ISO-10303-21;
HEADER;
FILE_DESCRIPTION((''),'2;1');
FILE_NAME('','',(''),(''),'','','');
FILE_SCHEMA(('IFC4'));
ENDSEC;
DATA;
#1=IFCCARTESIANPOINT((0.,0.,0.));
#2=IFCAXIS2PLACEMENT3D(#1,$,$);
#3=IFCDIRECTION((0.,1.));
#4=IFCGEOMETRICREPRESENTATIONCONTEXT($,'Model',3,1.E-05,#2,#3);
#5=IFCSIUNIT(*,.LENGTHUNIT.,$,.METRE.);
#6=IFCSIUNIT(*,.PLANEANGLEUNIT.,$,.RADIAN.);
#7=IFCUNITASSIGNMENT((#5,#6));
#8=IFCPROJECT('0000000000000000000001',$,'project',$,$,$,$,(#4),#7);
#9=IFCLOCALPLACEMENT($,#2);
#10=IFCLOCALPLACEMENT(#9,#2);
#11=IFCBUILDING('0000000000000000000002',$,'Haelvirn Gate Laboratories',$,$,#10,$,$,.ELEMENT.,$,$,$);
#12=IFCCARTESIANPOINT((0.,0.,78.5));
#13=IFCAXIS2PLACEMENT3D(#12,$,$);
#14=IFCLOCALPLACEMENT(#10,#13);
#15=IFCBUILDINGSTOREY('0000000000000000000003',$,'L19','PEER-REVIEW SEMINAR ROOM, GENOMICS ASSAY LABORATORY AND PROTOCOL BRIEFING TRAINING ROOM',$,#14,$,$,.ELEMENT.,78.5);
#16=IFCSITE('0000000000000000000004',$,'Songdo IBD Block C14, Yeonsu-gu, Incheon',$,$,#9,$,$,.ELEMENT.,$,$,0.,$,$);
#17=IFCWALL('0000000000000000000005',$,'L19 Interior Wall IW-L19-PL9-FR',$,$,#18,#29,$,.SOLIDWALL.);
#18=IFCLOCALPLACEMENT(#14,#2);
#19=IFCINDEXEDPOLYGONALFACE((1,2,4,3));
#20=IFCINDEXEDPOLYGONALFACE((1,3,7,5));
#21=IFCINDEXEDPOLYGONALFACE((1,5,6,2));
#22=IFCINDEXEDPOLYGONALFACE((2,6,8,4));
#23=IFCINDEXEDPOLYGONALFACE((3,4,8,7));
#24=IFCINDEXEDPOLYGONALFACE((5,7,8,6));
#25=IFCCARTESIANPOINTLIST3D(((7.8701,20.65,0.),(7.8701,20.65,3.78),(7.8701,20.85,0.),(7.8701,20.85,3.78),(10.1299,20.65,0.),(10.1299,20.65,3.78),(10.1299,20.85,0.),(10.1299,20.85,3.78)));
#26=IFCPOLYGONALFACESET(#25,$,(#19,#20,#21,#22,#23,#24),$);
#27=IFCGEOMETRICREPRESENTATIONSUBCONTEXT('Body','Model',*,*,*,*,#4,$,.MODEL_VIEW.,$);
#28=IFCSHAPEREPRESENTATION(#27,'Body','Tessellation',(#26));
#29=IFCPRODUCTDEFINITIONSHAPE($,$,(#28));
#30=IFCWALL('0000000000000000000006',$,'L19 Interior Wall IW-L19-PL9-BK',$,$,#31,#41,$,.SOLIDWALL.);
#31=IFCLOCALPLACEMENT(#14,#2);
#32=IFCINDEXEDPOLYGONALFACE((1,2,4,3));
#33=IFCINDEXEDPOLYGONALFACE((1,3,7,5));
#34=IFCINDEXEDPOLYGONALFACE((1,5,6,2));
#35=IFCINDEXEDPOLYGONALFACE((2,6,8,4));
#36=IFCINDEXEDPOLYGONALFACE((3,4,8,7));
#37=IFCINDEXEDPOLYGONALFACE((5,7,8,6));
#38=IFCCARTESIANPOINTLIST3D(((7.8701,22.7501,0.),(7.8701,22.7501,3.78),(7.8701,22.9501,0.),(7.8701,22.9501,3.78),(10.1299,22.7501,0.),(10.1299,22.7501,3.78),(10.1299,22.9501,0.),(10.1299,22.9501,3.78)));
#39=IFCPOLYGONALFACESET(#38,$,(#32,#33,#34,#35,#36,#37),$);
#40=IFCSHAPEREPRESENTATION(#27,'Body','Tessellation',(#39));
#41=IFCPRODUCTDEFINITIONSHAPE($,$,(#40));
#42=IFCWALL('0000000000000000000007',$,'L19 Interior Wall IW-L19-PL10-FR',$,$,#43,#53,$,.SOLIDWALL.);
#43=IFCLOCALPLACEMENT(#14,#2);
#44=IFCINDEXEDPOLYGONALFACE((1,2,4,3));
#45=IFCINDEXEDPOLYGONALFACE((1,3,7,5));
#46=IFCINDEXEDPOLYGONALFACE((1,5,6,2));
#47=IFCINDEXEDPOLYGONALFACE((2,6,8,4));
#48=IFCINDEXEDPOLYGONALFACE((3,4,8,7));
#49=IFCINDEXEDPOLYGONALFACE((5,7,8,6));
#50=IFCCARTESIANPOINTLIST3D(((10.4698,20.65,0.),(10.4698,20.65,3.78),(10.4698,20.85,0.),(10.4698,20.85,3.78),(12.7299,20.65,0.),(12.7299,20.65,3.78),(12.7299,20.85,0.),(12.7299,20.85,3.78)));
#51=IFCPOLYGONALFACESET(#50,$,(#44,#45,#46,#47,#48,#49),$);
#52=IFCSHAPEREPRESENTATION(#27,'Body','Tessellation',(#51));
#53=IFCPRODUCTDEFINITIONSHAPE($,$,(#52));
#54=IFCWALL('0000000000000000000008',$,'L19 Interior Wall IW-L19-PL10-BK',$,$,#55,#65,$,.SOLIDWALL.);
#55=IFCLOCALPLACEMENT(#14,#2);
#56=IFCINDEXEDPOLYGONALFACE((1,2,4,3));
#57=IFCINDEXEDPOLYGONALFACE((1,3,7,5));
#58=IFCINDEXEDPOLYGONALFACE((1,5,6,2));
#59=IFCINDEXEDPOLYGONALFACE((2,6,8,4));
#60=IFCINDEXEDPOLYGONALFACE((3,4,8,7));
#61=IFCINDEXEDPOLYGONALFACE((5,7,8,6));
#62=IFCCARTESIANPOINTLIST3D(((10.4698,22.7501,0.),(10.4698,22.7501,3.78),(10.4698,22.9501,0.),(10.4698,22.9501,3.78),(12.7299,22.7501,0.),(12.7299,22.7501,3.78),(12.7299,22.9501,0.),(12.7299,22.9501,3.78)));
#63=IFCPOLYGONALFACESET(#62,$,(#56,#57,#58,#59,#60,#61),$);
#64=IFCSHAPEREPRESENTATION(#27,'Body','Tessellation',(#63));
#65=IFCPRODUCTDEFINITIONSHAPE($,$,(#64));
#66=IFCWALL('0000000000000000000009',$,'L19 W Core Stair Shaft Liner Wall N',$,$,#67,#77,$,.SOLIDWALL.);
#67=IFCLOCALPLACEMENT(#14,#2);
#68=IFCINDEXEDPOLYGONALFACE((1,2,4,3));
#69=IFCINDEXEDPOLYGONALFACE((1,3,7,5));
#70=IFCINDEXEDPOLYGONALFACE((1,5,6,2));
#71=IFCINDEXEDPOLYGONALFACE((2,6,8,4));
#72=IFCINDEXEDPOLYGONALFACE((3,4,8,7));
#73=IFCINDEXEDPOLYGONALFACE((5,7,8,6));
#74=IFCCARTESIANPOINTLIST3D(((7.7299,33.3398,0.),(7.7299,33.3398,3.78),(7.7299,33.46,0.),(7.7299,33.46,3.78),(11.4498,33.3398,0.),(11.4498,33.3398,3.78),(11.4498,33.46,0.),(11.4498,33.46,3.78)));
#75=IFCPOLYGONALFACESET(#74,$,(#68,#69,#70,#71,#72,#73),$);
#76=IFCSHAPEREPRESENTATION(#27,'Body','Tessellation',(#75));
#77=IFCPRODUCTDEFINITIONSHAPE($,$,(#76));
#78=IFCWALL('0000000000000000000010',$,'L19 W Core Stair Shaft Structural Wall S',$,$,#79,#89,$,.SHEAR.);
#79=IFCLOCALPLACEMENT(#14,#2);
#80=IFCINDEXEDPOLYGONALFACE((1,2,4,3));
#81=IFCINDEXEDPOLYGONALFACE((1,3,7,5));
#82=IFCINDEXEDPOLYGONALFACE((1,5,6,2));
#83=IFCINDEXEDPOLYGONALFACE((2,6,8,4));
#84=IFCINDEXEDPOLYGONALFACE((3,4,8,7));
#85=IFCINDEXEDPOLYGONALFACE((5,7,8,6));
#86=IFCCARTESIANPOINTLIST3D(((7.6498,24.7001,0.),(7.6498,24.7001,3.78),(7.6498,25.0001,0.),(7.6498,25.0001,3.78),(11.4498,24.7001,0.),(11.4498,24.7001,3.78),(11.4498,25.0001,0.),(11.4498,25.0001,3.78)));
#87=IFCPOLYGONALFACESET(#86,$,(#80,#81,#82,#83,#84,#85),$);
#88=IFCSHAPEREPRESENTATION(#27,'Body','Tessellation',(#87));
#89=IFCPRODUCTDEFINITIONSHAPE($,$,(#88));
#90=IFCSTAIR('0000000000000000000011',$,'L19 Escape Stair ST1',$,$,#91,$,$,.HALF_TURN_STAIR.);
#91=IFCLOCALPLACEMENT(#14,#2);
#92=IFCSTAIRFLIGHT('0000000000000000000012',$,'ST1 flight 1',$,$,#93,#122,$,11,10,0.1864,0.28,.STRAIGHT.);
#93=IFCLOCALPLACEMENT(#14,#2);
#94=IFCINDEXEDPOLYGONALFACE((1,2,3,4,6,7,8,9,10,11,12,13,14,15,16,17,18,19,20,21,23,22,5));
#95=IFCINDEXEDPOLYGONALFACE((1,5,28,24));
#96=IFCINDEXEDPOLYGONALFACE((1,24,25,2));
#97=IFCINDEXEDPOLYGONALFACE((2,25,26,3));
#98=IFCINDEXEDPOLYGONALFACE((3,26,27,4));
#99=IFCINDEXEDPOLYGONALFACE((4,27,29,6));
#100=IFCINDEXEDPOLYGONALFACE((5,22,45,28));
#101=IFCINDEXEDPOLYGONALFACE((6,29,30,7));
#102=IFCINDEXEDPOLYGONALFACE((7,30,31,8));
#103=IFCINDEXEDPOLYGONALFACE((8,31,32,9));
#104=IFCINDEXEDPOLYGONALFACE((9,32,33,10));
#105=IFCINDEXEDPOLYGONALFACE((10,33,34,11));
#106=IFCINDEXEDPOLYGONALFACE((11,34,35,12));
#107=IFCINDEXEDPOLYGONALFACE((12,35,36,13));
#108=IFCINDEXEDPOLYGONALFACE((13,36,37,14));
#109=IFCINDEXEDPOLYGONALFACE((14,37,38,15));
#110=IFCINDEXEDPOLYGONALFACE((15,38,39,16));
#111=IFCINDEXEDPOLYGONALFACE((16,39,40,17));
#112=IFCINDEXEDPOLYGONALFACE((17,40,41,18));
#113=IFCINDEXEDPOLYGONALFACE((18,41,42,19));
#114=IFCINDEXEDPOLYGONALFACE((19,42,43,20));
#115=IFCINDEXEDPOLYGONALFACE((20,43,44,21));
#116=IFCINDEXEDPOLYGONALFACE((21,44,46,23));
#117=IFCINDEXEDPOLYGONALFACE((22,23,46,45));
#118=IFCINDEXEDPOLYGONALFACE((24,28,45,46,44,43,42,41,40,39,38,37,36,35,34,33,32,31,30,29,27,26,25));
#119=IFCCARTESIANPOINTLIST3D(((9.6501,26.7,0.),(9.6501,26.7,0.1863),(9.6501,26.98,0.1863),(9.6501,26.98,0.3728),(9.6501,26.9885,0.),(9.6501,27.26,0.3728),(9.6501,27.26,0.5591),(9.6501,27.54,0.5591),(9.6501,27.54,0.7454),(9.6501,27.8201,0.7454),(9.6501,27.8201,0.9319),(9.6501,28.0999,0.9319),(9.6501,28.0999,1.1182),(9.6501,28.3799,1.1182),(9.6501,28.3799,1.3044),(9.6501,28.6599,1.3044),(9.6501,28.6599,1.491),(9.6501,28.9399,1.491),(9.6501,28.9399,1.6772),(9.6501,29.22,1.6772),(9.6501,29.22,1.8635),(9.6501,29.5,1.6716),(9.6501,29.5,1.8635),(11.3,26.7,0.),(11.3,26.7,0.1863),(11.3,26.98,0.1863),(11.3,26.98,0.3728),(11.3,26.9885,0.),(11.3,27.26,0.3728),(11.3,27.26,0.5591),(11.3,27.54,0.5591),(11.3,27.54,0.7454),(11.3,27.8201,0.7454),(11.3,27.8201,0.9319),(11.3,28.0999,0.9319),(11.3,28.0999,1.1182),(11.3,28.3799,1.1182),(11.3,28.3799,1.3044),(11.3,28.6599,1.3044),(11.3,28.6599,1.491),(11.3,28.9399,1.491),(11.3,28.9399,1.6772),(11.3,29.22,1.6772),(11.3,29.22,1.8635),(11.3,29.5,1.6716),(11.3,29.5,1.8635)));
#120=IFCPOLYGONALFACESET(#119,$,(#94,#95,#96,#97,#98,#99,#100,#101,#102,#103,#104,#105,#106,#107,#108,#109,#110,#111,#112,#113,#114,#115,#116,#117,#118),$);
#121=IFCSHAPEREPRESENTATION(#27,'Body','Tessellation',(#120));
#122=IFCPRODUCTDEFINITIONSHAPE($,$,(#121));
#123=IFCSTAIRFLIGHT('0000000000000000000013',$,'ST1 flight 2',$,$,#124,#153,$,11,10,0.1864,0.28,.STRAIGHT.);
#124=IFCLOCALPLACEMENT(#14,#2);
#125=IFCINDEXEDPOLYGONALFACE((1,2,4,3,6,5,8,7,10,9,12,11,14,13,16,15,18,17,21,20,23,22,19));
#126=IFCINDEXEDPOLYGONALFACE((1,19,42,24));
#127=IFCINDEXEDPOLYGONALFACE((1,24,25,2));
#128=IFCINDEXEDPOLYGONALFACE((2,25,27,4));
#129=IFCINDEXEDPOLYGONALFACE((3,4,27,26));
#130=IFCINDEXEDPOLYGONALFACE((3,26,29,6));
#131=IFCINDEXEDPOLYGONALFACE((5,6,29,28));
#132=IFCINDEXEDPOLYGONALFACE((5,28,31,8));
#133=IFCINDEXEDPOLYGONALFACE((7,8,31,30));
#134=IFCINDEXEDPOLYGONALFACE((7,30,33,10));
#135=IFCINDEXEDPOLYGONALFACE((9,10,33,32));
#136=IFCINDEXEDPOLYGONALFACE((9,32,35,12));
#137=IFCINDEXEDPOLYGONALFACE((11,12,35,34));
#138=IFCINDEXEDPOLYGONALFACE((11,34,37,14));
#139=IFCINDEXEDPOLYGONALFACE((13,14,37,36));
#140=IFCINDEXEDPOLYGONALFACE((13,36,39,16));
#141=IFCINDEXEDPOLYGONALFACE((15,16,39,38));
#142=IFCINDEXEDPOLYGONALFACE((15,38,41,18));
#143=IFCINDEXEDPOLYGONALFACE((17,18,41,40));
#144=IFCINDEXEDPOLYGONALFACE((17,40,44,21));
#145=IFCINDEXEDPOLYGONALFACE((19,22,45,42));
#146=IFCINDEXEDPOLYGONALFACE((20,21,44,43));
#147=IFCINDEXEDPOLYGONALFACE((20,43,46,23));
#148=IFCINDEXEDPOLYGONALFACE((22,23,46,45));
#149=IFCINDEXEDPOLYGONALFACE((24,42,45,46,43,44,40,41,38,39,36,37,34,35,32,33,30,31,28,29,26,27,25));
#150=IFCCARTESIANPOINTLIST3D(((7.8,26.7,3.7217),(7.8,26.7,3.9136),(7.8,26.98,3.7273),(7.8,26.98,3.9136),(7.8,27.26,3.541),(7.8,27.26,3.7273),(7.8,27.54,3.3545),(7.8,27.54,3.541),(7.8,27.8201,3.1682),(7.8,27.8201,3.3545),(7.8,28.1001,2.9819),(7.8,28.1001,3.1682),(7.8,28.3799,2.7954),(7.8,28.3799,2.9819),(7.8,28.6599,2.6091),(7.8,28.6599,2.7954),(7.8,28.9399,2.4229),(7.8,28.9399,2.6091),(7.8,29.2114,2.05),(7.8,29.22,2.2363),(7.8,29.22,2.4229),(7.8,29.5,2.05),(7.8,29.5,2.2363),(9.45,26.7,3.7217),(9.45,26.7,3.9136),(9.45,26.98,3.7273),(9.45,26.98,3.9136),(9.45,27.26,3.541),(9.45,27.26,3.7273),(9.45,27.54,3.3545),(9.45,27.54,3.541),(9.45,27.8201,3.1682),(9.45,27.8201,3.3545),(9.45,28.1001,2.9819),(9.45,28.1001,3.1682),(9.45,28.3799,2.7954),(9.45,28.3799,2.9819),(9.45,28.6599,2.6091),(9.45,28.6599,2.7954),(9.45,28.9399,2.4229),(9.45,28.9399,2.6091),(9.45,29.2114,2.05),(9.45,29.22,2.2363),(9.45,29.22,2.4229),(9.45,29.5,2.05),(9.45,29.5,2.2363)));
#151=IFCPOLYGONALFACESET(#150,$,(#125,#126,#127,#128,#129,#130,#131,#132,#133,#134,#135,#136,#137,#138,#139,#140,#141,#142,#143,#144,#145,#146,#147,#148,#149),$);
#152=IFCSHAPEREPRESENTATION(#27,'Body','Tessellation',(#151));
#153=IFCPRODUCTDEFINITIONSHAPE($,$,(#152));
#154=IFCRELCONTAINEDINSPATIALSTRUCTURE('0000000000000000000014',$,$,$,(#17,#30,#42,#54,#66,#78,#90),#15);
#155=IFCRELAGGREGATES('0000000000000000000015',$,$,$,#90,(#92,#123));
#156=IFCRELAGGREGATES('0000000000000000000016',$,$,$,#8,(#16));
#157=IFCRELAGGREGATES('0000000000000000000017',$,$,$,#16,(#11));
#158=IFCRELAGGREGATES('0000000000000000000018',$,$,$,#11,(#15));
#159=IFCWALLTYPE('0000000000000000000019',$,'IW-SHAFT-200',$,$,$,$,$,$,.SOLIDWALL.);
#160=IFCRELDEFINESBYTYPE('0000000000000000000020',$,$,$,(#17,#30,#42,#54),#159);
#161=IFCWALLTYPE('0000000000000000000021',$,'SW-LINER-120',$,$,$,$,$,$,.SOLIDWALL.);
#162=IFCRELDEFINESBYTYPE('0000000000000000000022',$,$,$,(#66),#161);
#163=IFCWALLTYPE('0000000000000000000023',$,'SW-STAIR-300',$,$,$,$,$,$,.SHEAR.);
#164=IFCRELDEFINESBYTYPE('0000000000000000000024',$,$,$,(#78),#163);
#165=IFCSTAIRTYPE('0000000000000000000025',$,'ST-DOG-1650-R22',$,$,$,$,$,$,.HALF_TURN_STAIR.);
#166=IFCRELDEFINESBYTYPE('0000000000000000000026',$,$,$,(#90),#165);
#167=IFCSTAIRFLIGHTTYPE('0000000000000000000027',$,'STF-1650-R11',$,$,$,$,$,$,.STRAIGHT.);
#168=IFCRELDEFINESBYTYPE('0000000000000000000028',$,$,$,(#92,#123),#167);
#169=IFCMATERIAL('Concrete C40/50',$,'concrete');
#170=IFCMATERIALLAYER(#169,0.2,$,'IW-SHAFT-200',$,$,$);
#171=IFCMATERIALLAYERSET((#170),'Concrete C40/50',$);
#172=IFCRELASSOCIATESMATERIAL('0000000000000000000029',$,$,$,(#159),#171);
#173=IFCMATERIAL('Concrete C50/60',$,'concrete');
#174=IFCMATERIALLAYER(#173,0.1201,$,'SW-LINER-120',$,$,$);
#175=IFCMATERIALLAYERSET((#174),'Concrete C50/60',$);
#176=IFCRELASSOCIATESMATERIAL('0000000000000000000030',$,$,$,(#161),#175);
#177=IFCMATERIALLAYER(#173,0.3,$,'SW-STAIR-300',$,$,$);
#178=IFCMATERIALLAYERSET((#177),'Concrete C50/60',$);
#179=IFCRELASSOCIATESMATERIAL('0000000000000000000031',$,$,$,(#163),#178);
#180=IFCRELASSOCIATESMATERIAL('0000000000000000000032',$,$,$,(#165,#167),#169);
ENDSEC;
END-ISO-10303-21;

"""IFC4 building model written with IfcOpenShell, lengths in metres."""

from ifc_helpers import new_model, si_unit, direction, frame, frame_2d, origin, place, context, subcontext, project, spatial, polyline, rectangle, outline, extrude, source, transform, mapped, material, layer, layer_set, type_object, type_shapes, element, aggregate, save


model = new_model("IFC4")

# Units and contexts
model_context = context("Model", 3, precision=1e-05, world=origin(), true_north=direction((0.0, 1.0)))
body_context = subcontext(model_context, "Body", "Model", "MODEL_VIEW")
ifc_project = project(units=[si_unit("LENGTHUNIT", "METRE"), si_unit("PLANEANGLEUNIT", "RADIAN")], contexts=[model_context])

# Site, building, storey
site_placement = place(None, origin())
site = spatial("IfcSite", under=ifc_project, at=site_placement, Name="Songdo IBD Block C14, Yeonsu-gu, Incheon", CompositionType="ELEMENT", RefElevation=0.0)
building_placement = place(site_placement, origin())
building = spatial("IfcBuilding", under=site, at=building_placement, Name="Haelvirn Gate Laboratories", CompositionType="ELEMENT")
storey_placement = place(building_placement, frame((0.0, 0.0, 78.5)))
storey = spatial("IfcBuildingStorey", under=building, at=storey_placement, Name="L19", Description="PEER-REVIEW SEMINAR ROOM, GENOMICS ASSAY LABORATORY AND PROTOCOL BRIEFING TRAINING ROOM", CompositionType="ELEMENT", Elevation=78.5)

# Walls
ifc_material_1 = material(Name="Concrete C40/50", Category="concrete")
ifc_layer_1 = layer(ifc_material_1, 0.2, Name="IW-SHAFT-200")
ifc_layer_set_1 = layer_set([ifc_layer_1], Name="Concrete C40/50")
wall_type_1 = type_object("IfcWallType", Name="IW-SHAFT-200", PredefinedType="SOLIDWALL", material=ifc_layer_set_1)
for number, where, z_axis, x_axis, name in (
    (1, (7.8701, 20.75, 0.0), (0.0, 0.0, 1.0), (1.0, 0.0, 0.0), "L19 Interior Wall IW-L19-PL9-FR"),
    (2, (7.8701, 22.8501, 0.0), (0.0, 0.0, 1.0), (1.0, 0.0, 0.0), "L19 Interior Wall IW-L19-PL9-BK"),
):
    element("IfcWall", number, at=place(storey_placement, frame(where, z_axis=z_axis, x_axis=x_axis)), inside=storey, type_object=wall_type_1, Name=name, PredefinedType="SOLIDWALL", context=body_context, shape_type="SweptSolid", body=[
        extrude(rectangle(XDim=2.2598, YDim=0.2, at=frame_2d((1.1299, 0.0))), origin(), (0.0, 0.0, 1.0), 3.78),
    ])
for number, where, z_axis, x_axis, name in (
    (3, (10.47, 20.75, 0.0), (0.0, 0.0, 1.0), (1.0, 0.0, 0.0), "L19 Interior Wall IW-L19-PL10-FR"),
    (4, (10.47, 22.8501, 0.0), (0.0, 0.0, 1.0), (1.0, 0.0, 0.0), "L19 Interior Wall IW-L19-PL10-BK"),
):
    element("IfcWall", number, at=place(storey_placement, frame(where, z_axis=z_axis, x_axis=x_axis)), inside=storey, type_object=wall_type_1, Name=name, PredefinedType="SOLIDWALL", context=body_context, shape_type="SweptSolid", body=[
        extrude(rectangle(XDim=2.26, YDim=0.2, at=frame_2d((1.1299, 0.0))), origin(), (0.0, 0.0, 1.0), 3.78),
    ])
ifc_material_2 = material(Name="Concrete C50/60", Category="concrete")
ifc_layer_2 = layer(ifc_material_2, 0.1201, Name="SW-LINER-120")
ifc_layer_set_2 = layer_set([ifc_layer_2], Name="Concrete C50/60")
wall_type_2 = type_object("IfcWallType", Name="SW-LINER-120", PredefinedType="SOLIDWALL", material=ifc_layer_set_2)
wall_1_placement = place(storey_placement, frame((7.73, 33.3999, 0.0), z_axis=(0.0, 0.0, 1.0), x_axis=(1.0, 0.0, 0.0)))
element("IfcWall", 5, at=wall_1_placement, inside=storey, type_object=wall_type_2, Name="L19 W Core Stair Shaft Liner Wall N", PredefinedType="SOLIDWALL", context=body_context, shape_type="SweptSolid", body=[
    extrude(rectangle(XDim=3.72, YDim=0.1201, at=frame_2d((1.8599, 0.0))), origin(), (0.0, 0.0, 1.0), 3.78),
])
ifc_layer_3 = layer(ifc_material_2, 0.3, Name="SW-STAIR-300")
ifc_layer_set_3 = layer_set([ifc_layer_3], Name="Concrete C50/60")
wall_type_3 = type_object("IfcWallType", Name="SW-STAIR-300", PredefinedType="SHEAR", material=ifc_layer_set_3)
wall_2_placement = place(storey_placement, frame((7.6499, 24.8501, 0.0), z_axis=(0.0, 0.0, 1.0), x_axis=(1.0, 0.0, 0.0)))
element("IfcWall", 6, at=wall_2_placement, inside=storey, type_object=wall_type_3, Name="L19 W Core Stair Shaft Structural Wall S", PredefinedType="SHEAR", context=body_context, shape_type="SweptSolid", body=[
    extrude(rectangle(XDim=3.8, YDim=0.3, at=frame_2d((1.8999, 0.0))), origin(), (0.0, 0.0, 1.0), 3.78),
])

# Stair, stair flights
stair_type = type_object("IfcStairType", Name="ST-DOG-1650-R22", PredefinedType="HALF_TURN_STAIR", material=ifc_material_1)
stair_placement = place(storey_placement, origin())
stair = element("IfcStair", 7, at=stair_placement, inside=storey, type_object=stair_type, Name="L19 Escape Stair ST1", PredefinedType="HALF_TURN_STAIR")
stair_flight_type = type_object("IfcStairFlightType", Name="STF-1650-R11", PredefinedType="STRAIGHT", material=ifc_material_1)
shared_shape_1 = source(origin(), body_context, "Body", "SweptSolid", [
    extrude(outline(polyline([(0.0, 0.0), (0.0, 0.1863), (0.28, 0.1863), (0.28, 0.3728), (0.5601, 0.3728), (0.5601, 0.5591), (0.8401, 0.5591), (0.8401, 0.7454), (1.1201, 0.7454), (1.1201, 0.9319), (1.3999, 0.9319), (1.3999, 1.1182), (1.6799, 1.1182), (1.6799, 1.3044), (1.96, 1.3044), (1.96, 1.491), (2.24, 1.491), (2.24, 1.6772), (2.52, 1.6772), (2.52, 1.8635), (2.8, 1.8635), (2.8, 2.05), (2.8, 1.6716), (0.2886, 0.0), (0.0, 0.0)])), frame((0.0, 0.825, 0.0), z_axis=(0.0, -1.0, 0.0), x_axis=(1.0, 0.0, 0.0)), (0.0, 0.0, 1.0), 1.6499),
])
type_shapes(stair_flight_type, [shared_shape_1])
stair_flight_1_placement = place(storey_placement, frame((10.4751, 26.7, 0.0), z_axis=(0.0, 0.0, 1.0), x_axis=(0.0, 1.0, 0.0)))
stair_flight_1 = element("IfcStairFlight", 8, at=stair_flight_1_placement, type_object=stair_flight_type, Name="ST1 flight 1", NumberOfRisers=11, NumberOfTreads=10, PredefinedType="STRAIGHT", RiserHeight=0.1864, TreadLength=0.28, context=body_context, shape_type="MappedRepresentation", body=[
    mapped(shared_shape_1, transform((0.0, 0.0, 0.0), scale=1.0)),
])
stair_flight_2_placement = place(storey_placement, frame((8.625, 29.5, 2.05), z_axis=(0.0, 0.0, 1.0), x_axis=(0.0, -1.0, 0.0)))
stair_flight_2 = element("IfcStairFlight", 9, at=stair_flight_2_placement, type_object=stair_flight_type, Name="ST1 flight 2", NumberOfRisers=11, NumberOfTreads=10, PredefinedType="STRAIGHT", RiserHeight=0.1864, TreadLength=0.28, context=body_context, shape_type="MappedRepresentation", body=[
    mapped(shared_shape_1, transform((0.0, 0.0, 0.0), scale=1.0)),
])
aggregate(stair, [stair_flight_1, stair_flight_2])

save(model, "model.ifc")
